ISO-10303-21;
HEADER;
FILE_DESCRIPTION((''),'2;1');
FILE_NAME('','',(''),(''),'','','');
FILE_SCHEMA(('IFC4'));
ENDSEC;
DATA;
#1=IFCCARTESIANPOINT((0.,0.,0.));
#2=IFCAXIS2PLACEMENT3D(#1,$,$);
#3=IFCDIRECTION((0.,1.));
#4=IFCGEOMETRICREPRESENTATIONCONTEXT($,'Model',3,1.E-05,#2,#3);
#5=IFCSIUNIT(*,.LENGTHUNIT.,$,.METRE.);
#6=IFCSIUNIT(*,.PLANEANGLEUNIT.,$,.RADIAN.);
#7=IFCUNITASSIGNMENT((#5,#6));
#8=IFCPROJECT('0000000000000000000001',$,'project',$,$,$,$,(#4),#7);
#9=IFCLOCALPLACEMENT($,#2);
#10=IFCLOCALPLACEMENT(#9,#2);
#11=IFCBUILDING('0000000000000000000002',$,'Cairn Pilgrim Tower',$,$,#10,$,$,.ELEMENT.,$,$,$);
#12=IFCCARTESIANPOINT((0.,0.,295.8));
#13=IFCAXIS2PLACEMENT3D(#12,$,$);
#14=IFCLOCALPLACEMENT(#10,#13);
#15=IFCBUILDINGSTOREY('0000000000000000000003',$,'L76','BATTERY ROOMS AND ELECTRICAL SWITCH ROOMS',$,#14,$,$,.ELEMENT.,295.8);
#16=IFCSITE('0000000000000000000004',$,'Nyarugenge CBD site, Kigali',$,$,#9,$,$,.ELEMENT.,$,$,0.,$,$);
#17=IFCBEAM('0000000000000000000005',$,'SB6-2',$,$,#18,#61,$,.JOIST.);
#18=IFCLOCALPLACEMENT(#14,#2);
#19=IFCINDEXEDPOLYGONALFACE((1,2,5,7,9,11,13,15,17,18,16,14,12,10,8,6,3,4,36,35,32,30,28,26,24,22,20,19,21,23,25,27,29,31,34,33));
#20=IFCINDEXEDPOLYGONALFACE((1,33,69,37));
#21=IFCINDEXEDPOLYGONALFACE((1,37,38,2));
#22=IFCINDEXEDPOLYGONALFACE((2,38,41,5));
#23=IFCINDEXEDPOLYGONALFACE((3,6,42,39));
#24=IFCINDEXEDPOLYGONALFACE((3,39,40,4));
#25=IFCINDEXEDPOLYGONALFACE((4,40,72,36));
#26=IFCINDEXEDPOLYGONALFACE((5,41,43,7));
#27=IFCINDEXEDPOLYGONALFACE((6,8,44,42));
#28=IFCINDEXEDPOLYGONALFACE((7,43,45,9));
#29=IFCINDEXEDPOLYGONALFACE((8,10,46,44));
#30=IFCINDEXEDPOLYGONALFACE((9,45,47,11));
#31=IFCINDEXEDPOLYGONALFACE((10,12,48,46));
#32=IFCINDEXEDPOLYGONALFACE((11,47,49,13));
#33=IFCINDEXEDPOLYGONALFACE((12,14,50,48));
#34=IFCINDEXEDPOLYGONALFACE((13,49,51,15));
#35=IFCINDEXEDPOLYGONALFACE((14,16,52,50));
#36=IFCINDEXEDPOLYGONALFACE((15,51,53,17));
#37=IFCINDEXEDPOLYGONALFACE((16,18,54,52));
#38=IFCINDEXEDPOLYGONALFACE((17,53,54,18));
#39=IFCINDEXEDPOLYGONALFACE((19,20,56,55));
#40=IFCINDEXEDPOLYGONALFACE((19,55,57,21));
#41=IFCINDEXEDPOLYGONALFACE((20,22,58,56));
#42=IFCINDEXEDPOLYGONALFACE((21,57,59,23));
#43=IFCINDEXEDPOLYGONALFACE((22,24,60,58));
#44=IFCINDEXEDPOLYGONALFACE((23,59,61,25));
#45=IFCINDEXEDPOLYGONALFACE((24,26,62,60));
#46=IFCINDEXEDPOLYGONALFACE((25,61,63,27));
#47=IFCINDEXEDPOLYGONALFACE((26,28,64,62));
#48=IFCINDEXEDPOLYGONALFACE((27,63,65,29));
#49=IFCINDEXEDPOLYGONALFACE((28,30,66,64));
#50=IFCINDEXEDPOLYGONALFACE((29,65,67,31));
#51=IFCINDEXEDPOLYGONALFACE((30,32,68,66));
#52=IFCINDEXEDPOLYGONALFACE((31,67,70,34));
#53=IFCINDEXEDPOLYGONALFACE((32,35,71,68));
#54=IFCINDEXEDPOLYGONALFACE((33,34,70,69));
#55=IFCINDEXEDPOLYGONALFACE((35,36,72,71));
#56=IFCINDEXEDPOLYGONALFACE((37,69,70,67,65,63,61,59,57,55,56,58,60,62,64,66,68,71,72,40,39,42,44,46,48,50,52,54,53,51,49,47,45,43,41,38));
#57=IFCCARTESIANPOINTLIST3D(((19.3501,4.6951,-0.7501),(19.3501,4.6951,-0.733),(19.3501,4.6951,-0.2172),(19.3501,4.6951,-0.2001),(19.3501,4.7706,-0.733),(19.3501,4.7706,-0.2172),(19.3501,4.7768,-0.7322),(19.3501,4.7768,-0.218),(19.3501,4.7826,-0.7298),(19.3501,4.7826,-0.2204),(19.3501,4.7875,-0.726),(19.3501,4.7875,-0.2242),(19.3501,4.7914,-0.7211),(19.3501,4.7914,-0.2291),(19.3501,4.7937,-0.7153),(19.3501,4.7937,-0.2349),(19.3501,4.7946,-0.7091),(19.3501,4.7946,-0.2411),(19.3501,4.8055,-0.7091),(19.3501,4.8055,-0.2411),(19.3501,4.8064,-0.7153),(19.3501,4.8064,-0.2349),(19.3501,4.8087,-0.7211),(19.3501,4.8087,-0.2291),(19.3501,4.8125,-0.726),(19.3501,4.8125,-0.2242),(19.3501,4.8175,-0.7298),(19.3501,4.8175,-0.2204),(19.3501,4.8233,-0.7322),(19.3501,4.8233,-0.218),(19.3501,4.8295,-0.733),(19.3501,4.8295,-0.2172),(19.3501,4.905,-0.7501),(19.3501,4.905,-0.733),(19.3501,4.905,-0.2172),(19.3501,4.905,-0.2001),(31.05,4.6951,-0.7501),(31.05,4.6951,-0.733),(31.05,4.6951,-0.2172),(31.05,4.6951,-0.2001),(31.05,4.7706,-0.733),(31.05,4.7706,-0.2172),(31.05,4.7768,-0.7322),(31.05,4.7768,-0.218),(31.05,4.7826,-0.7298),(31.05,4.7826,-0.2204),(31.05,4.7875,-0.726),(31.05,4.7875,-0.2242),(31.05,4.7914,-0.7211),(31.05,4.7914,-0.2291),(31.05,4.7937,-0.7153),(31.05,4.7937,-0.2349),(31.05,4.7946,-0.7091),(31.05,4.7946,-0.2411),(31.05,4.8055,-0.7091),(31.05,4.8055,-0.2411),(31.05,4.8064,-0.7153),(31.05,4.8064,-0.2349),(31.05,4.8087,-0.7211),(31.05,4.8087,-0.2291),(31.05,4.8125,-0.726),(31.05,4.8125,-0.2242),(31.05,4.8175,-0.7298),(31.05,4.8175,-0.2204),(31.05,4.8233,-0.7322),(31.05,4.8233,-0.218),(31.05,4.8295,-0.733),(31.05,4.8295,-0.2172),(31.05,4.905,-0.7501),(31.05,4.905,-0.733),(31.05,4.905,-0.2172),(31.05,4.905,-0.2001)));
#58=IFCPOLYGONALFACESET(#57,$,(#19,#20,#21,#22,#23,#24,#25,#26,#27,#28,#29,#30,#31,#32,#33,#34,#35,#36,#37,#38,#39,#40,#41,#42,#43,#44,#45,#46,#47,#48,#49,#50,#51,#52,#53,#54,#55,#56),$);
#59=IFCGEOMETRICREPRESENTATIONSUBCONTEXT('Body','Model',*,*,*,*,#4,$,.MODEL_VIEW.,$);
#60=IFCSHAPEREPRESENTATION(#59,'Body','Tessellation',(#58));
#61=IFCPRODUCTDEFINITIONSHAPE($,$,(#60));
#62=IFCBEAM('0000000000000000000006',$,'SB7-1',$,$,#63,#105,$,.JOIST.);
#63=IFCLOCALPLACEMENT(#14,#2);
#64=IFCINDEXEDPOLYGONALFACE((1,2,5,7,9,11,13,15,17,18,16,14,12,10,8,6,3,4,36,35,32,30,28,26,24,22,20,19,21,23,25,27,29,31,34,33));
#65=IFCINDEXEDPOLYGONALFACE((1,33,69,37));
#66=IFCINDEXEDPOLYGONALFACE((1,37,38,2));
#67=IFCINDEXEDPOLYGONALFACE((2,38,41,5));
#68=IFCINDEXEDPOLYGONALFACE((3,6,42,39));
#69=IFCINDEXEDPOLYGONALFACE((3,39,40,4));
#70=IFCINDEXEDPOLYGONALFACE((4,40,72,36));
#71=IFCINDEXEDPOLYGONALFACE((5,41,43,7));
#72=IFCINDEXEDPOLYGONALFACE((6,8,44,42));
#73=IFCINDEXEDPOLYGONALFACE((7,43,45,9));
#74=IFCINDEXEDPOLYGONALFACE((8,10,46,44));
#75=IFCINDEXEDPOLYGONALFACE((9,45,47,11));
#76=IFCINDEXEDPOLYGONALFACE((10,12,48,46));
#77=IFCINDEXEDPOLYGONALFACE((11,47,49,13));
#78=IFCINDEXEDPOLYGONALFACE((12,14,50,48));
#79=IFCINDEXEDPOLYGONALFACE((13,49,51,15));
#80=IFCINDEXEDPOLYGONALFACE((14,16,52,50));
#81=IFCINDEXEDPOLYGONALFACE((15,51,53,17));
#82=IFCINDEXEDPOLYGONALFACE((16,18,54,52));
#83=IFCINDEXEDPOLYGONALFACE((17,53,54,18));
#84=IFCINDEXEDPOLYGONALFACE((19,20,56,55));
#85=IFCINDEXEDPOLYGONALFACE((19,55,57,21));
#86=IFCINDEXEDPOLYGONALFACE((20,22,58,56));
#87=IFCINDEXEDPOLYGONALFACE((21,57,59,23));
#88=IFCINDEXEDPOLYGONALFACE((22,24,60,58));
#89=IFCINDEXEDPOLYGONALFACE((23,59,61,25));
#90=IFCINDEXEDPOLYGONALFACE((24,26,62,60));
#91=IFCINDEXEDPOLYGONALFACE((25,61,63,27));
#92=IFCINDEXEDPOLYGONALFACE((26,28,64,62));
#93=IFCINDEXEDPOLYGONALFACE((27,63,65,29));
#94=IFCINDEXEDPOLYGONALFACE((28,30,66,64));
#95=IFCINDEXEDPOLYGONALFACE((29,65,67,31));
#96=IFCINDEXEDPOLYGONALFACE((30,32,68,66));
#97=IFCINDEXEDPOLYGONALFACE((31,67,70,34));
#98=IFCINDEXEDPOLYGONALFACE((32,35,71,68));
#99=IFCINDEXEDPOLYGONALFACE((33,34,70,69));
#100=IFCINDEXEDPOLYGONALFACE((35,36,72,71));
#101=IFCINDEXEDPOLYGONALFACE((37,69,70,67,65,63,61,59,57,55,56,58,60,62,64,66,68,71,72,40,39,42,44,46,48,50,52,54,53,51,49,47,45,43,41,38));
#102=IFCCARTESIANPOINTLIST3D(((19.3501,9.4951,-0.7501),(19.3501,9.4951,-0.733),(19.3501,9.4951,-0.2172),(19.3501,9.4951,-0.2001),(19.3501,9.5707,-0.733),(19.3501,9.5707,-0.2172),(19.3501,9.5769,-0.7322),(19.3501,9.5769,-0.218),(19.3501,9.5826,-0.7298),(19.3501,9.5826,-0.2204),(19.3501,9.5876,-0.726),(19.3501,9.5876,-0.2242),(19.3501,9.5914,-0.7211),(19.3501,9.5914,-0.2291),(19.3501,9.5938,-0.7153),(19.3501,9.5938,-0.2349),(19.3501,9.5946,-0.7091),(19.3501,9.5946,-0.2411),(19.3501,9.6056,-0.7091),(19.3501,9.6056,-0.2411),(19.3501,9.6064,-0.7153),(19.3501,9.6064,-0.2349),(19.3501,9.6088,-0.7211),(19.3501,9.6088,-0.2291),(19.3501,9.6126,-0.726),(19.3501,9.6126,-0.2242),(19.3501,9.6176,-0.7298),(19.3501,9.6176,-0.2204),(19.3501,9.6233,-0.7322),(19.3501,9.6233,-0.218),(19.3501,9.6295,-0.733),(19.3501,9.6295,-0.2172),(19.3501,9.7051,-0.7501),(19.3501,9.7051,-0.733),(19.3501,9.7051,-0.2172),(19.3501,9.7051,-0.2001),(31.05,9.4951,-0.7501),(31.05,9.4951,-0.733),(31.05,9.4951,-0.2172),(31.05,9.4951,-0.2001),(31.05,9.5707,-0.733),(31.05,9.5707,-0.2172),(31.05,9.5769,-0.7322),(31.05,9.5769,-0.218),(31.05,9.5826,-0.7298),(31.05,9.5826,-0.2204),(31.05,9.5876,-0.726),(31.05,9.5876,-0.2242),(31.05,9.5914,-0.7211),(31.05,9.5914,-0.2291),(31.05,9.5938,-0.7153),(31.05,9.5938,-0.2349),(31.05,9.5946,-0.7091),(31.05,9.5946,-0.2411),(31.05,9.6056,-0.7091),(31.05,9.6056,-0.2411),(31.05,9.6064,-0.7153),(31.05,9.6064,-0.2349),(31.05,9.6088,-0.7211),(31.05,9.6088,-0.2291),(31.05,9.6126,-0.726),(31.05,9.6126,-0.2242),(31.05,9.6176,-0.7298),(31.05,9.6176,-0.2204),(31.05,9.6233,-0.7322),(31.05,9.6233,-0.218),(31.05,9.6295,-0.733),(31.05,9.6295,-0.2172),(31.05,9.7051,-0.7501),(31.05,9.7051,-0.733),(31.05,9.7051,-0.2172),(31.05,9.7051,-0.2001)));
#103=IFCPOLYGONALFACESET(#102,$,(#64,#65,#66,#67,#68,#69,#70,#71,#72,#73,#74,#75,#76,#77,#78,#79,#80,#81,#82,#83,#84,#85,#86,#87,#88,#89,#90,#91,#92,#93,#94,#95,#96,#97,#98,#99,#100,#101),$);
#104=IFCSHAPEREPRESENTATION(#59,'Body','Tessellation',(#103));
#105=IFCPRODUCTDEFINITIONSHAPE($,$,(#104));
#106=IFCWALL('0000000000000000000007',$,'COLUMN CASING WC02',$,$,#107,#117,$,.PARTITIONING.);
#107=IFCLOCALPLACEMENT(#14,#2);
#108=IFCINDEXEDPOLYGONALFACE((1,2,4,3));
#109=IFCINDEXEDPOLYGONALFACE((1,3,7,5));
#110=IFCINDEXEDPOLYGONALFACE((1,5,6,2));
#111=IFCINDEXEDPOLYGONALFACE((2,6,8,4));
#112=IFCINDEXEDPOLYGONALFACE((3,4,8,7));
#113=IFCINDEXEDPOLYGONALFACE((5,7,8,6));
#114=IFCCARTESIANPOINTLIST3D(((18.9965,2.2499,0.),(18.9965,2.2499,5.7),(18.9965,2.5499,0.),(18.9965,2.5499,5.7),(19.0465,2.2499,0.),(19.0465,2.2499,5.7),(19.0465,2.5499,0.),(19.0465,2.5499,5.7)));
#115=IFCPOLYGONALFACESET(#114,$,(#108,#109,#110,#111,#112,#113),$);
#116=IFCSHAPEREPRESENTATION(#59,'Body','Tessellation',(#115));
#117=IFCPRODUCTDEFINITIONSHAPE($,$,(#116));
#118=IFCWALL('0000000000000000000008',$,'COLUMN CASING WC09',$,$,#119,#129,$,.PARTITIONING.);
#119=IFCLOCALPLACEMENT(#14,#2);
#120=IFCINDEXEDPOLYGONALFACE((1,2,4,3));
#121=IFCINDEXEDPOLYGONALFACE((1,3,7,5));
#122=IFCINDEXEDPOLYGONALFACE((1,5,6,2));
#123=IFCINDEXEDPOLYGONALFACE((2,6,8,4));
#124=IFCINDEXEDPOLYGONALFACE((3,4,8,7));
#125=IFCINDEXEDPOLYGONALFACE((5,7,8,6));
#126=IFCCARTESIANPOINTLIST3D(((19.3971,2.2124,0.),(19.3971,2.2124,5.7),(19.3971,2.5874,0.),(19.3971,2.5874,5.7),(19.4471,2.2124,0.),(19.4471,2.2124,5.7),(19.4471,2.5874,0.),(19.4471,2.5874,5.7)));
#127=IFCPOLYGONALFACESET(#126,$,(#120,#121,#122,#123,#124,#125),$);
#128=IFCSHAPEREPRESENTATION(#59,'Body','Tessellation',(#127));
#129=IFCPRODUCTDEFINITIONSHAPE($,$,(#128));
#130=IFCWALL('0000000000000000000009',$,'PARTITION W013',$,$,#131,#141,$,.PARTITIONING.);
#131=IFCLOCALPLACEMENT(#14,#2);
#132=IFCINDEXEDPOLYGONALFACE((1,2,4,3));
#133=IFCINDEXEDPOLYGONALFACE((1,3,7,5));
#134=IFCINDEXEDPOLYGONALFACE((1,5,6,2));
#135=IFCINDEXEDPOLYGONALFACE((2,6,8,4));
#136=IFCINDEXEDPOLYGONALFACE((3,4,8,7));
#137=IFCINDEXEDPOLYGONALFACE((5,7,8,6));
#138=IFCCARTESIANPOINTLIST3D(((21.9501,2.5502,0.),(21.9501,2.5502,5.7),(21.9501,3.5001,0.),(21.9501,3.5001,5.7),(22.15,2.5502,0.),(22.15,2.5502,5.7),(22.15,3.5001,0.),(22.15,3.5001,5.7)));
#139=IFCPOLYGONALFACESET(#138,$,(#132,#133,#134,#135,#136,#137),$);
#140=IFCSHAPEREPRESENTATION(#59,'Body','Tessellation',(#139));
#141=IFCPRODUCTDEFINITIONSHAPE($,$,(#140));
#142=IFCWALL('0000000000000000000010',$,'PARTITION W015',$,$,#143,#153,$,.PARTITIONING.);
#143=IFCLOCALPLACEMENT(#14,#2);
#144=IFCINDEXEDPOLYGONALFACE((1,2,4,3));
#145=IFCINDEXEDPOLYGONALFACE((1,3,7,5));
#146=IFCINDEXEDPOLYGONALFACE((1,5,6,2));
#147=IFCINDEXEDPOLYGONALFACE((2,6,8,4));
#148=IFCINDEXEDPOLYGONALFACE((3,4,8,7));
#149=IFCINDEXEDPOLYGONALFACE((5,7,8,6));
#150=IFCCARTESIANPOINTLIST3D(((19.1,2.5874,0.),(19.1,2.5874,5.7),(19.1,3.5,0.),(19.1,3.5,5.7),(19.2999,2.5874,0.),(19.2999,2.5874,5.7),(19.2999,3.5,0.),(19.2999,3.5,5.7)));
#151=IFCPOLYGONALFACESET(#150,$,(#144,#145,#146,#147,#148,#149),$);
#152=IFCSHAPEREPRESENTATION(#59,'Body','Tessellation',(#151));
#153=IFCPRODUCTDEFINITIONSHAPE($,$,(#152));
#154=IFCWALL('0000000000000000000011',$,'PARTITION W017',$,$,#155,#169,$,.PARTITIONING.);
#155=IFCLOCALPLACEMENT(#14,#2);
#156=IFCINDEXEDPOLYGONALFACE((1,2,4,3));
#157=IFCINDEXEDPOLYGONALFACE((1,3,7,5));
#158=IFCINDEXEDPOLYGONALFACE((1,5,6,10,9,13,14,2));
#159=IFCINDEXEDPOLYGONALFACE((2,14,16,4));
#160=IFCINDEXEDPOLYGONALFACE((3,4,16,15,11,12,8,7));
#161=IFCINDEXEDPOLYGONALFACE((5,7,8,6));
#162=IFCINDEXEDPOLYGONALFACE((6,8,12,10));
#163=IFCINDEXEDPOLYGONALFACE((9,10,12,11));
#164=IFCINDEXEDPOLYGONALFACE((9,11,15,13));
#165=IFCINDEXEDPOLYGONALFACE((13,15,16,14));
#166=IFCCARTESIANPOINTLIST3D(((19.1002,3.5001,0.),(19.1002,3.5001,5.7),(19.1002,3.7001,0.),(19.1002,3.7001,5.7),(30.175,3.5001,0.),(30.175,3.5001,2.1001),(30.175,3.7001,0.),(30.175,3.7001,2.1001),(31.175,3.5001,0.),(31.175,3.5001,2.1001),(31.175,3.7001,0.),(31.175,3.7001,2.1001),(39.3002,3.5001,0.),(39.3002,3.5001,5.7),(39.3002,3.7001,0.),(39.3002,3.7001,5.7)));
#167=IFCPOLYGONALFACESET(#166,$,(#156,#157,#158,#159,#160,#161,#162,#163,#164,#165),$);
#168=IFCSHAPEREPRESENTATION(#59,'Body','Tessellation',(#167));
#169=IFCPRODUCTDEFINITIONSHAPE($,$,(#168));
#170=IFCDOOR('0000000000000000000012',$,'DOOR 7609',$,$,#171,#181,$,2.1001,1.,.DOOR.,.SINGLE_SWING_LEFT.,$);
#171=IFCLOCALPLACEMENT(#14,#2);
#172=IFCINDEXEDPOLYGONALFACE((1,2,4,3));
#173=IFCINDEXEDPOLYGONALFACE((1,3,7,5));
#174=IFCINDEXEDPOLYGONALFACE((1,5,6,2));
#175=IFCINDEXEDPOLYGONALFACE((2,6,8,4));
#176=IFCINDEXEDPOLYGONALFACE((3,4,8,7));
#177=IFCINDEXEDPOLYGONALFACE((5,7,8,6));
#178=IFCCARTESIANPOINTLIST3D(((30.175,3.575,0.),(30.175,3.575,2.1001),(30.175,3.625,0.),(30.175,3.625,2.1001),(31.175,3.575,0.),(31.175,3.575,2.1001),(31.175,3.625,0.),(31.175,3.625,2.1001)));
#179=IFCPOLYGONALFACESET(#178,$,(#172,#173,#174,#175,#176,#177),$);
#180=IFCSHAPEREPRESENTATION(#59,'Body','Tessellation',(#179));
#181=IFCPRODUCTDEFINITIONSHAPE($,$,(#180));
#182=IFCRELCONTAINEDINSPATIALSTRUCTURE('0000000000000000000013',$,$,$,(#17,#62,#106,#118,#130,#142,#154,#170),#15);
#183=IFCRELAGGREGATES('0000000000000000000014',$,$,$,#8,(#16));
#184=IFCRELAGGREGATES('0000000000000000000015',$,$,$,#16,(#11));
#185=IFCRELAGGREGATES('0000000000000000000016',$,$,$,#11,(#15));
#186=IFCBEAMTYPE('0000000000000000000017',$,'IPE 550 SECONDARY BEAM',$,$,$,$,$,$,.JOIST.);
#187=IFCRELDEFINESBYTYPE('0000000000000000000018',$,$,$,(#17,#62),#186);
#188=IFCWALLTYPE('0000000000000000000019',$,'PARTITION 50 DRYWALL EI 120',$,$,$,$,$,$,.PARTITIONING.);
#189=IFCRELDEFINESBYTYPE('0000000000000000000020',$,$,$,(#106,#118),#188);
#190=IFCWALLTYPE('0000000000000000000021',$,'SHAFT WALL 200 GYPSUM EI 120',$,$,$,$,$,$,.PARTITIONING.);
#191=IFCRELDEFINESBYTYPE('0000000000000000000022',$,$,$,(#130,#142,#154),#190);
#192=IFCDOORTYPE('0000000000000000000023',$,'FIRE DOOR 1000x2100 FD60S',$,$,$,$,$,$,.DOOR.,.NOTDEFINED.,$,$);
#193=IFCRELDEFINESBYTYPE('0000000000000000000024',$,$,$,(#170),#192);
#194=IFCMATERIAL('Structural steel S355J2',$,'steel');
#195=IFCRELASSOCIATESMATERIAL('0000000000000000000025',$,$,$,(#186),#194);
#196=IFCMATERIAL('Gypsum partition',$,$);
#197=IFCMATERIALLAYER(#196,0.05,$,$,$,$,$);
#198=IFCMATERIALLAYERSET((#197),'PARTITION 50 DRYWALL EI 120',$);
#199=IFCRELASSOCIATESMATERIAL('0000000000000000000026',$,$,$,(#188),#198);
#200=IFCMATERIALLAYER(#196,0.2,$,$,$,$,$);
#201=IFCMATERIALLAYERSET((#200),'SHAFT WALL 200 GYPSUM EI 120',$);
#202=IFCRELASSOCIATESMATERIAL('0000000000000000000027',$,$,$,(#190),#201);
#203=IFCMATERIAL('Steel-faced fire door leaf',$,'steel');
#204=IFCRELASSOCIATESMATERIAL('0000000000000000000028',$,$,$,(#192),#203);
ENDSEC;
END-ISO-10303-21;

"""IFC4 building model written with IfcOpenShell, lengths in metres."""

from ifc_helpers import new_model, si_unit, direction, frame, frame_2d, origin, origin_2d, place, context, subcontext, project, spatial, rectangle, i_section, extrude, material, layer, layer_set, material_profile, profile_set, type_object, element, fill, save


model = new_model("IFC4")

# Units and contexts
model_context = context("Model", 3, precision=1e-05, world=origin(), true_north=direction((0.0, 1.0)))
body_context = subcontext(model_context, "Body", "Model", "MODEL_VIEW")
ifc_project = project(units=[si_unit("LENGTHUNIT", "METRE"), si_unit("PLANEANGLEUNIT", "RADIAN")], contexts=[model_context])

# Site, building, storey
site_placement = place(None, origin())
site = spatial("IfcSite", under=ifc_project, at=site_placement, Name="Nyarugenge CBD site, Kigali", CompositionType="ELEMENT", RefElevation=0.0)
building_placement = place(site_placement, origin())
building = spatial("IfcBuilding", under=site, at=building_placement, Name="Cairn Pilgrim Tower", CompositionType="ELEMENT")
storey_placement = place(building_placement, frame((0.0, 0.0, 295.8)))
storey = spatial("IfcBuildingStorey", under=building, at=storey_placement, Name="L76", Description="BATTERY ROOMS AND ELECTRICAL SWITCH ROOMS", CompositionType="ELEMENT", Elevation=295.8)

# Shared definitions
ifc_material_1 = material(Name="Structural steel S355J2", Category="steel")

# Beams
ifc_material_profile_1 = material_profile(ifc_material_1, i_section(OverallWidth=0.21, OverallDepth=0.55, WebThickness=0.011, FlangeThickness=0.0171, FilletRadius=0.0239, at=origin_2d()), Name="IPE 550")
ifc_profile_set_1 = profile_set([ifc_material_profile_1], Name="Structural steel S355J2")
beam_type_1 = type_object("IfcBeamType", Name="IPE 550 SECONDARY BEAM", PredefinedType="JOIST", material=ifc_profile_set_1)
for number, where, z_axis, x_axis, name in (
    (1, (19.3501, 4.8, -0.4751), (1.0, 0.0, 0.0), (0.0, 1.0, 0.0), "SB6-2"),
    (2, (19.3501, 9.6001, -0.4751), (1.0, 0.0, 0.0), (0.0, 1.0, 0.0), "SB7-1"),
):
    element("IfcBeam", number, at=place(storey_placement, frame(where, z_axis=z_axis, x_axis=x_axis)), inside=storey, type_object=beam_type_1, Name=name, PredefinedType="JOIST", context=body_context, shape_type="SweptSolid", body=[
        extrude(i_section(OverallWidth=0.21, OverallDepth=0.55, WebThickness=0.011, FlangeThickness=0.0171, FilletRadius=0.0239, at=origin_2d()), origin(), (0.0, 0.0, 1.0), 11.7),
    ])

# Walls
ifc_material_2 = material(Name="Gypsum partition")
ifc_layer_1 = layer(ifc_material_2, 0.05)
ifc_layer_set_1 = layer_set([ifc_layer_1], Name="PARTITION 50 DRYWALL EI 120")
wall_type_1 = type_object("IfcWallType", Name="PARTITION 50 DRYWALL EI 120", PredefinedType="PARTITIONING", material=ifc_layer_set_1)
wall_1_placement = place(storey_placement, frame((19.0215, 2.25, 0.0), z_axis=(0.0, 0.0, 1.0), x_axis=(0.0, 1.0, 0.0)))
element("IfcWall", 3, at=wall_1_placement, inside=storey, type_object=wall_type_1, Name="COLUMN CASING WC02", PredefinedType="PARTITIONING", context=body_context, shape_type="SweptSolid", body=[
    extrude(rectangle(XDim=0.3, YDim=0.05, at=frame_2d((0.1499, 0.0))), origin(), (0.0, 0.0, 1.0), 5.7),
])
wall_2_placement = place(storey_placement, frame((19.4221, 2.2124, 0.0), z_axis=(0.0, 0.0, 1.0), x_axis=(0.0, 1.0, 0.0)))
element("IfcWall", 4, at=wall_2_placement, inside=storey, type_object=wall_type_1, Name="COLUMN CASING WC09", PredefinedType="PARTITIONING", context=body_context, shape_type="SweptSolid", body=[
    extrude(rectangle(XDim=0.375, YDim=0.05, at=frame_2d((0.1875, 0.0))), origin(), (0.0, 0.0, 1.0), 5.7),
])
ifc_layer_2 = layer(ifc_material_2, 0.2)
ifc_layer_set_2 = layer_set([ifc_layer_2], Name="SHAFT WALL 200 GYPSUM EI 120")
wall_type_2 = type_object("IfcWallType", Name="SHAFT WALL 200 GYPSUM EI 120", PredefinedType="PARTITIONING", material=ifc_layer_set_2)
wall_3_placement = place(storey_placement, frame((22.05, 2.55, 0.0), z_axis=(0.0, 0.0, 1.0), x_axis=(0.0, 1.0, 0.0)))
element("IfcWall", 5, at=wall_3_placement, inside=storey, type_object=wall_type_2, Name="PARTITION W013", PredefinedType="PARTITIONING", context=body_context, shape_type="SweptSolid", body=[
    extrude(rectangle(XDim=0.95, YDim=0.2, at=frame_2d((0.4751, 0.0))), origin(), (0.0, 0.0, 1.0), 5.7),
])
wall_4_placement = place(storey_placement, frame((19.2, 2.5874, 0.0), z_axis=(0.0, 0.0, 1.0), x_axis=(0.0, 1.0, 0.0)))
element("IfcWall", 6, at=wall_4_placement, inside=storey, type_object=wall_type_2, Name="PARTITION W015", PredefinedType="PARTITIONING", context=body_context, shape_type="SweptSolid", body=[
    extrude(rectangle(XDim=0.9126, YDim=0.2, at=frame_2d((0.4563, 0.0))), origin(), (0.0, 0.0, 1.0), 5.7),
])

# Wall, opening, door
wall_5_placement = place(storey_placement, frame((19.1001, 3.6001, 0.0), z_axis=(0.0, 0.0, 1.0), x_axis=(1.0, 0.0, 0.0)))
wall_5 = element("IfcWall", 7, at=wall_5_placement, inside=storey, type_object=wall_type_2, Name="PARTITION W017", PredefinedType="PARTITIONING", context=body_context, shape_type="SweptSolid", body=[
    extrude(rectangle(XDim=20.2, YDim=0.2, at=frame_2d((10.1001, 0.0))), origin(), (0.0, 0.0, 1.0), 5.7),
])
opening_1_placement = place(wall_5_placement, frame((11.075, 0.0, 0.0)))
opening_1 = element("IfcOpeningElement", 8, at=opening_1_placement, cuts=wall_5, PredefinedType="OPENING", context=body_context, shape_type="SweptSolid", body=[
    extrude(rectangle(XDim=1.0, YDim=2.1001, at=frame_2d((0.5, 1.05))), frame((0.0, 0.1099, 0.0), z_axis=(0.0, -1.0, 0.0), x_axis=(1.0, 0.0, 0.0)), (0.0, 0.0, 1.0), 0.22),
])
ifc_material_3 = material(Name="Steel-faced fire door leaf", Category="steel")
door_type = type_object("IfcDoorType", Name="FIRE DOOR 1000x2100 FD60S", OperationType="NOTDEFINED", PredefinedType="DOOR", material=ifc_material_3)
door_1_placement = place(opening_1_placement, origin())
door_1 = element("IfcDoor", 9, at=door_1_placement, inside=storey, type_object=door_type, Name="DOOR 7609", OperationType="SINGLE_SWING_LEFT", OverallHeight=2.1001, OverallWidth=1.0, PredefinedType="DOOR", context=body_context, shape_type="SweptSolid", body=[
    extrude(rectangle(XDim=1.0, YDim=2.1001, at=frame_2d((0.5, 1.05))), frame((0.0, 0.0249, 0.0), z_axis=(0.0, -1.0, 0.0), x_axis=(1.0, 0.0, 0.0)), (0.0, 0.0, 1.0), 0.05),
])
fill(opening_1, door_1)

save(model, "model.ifc")
